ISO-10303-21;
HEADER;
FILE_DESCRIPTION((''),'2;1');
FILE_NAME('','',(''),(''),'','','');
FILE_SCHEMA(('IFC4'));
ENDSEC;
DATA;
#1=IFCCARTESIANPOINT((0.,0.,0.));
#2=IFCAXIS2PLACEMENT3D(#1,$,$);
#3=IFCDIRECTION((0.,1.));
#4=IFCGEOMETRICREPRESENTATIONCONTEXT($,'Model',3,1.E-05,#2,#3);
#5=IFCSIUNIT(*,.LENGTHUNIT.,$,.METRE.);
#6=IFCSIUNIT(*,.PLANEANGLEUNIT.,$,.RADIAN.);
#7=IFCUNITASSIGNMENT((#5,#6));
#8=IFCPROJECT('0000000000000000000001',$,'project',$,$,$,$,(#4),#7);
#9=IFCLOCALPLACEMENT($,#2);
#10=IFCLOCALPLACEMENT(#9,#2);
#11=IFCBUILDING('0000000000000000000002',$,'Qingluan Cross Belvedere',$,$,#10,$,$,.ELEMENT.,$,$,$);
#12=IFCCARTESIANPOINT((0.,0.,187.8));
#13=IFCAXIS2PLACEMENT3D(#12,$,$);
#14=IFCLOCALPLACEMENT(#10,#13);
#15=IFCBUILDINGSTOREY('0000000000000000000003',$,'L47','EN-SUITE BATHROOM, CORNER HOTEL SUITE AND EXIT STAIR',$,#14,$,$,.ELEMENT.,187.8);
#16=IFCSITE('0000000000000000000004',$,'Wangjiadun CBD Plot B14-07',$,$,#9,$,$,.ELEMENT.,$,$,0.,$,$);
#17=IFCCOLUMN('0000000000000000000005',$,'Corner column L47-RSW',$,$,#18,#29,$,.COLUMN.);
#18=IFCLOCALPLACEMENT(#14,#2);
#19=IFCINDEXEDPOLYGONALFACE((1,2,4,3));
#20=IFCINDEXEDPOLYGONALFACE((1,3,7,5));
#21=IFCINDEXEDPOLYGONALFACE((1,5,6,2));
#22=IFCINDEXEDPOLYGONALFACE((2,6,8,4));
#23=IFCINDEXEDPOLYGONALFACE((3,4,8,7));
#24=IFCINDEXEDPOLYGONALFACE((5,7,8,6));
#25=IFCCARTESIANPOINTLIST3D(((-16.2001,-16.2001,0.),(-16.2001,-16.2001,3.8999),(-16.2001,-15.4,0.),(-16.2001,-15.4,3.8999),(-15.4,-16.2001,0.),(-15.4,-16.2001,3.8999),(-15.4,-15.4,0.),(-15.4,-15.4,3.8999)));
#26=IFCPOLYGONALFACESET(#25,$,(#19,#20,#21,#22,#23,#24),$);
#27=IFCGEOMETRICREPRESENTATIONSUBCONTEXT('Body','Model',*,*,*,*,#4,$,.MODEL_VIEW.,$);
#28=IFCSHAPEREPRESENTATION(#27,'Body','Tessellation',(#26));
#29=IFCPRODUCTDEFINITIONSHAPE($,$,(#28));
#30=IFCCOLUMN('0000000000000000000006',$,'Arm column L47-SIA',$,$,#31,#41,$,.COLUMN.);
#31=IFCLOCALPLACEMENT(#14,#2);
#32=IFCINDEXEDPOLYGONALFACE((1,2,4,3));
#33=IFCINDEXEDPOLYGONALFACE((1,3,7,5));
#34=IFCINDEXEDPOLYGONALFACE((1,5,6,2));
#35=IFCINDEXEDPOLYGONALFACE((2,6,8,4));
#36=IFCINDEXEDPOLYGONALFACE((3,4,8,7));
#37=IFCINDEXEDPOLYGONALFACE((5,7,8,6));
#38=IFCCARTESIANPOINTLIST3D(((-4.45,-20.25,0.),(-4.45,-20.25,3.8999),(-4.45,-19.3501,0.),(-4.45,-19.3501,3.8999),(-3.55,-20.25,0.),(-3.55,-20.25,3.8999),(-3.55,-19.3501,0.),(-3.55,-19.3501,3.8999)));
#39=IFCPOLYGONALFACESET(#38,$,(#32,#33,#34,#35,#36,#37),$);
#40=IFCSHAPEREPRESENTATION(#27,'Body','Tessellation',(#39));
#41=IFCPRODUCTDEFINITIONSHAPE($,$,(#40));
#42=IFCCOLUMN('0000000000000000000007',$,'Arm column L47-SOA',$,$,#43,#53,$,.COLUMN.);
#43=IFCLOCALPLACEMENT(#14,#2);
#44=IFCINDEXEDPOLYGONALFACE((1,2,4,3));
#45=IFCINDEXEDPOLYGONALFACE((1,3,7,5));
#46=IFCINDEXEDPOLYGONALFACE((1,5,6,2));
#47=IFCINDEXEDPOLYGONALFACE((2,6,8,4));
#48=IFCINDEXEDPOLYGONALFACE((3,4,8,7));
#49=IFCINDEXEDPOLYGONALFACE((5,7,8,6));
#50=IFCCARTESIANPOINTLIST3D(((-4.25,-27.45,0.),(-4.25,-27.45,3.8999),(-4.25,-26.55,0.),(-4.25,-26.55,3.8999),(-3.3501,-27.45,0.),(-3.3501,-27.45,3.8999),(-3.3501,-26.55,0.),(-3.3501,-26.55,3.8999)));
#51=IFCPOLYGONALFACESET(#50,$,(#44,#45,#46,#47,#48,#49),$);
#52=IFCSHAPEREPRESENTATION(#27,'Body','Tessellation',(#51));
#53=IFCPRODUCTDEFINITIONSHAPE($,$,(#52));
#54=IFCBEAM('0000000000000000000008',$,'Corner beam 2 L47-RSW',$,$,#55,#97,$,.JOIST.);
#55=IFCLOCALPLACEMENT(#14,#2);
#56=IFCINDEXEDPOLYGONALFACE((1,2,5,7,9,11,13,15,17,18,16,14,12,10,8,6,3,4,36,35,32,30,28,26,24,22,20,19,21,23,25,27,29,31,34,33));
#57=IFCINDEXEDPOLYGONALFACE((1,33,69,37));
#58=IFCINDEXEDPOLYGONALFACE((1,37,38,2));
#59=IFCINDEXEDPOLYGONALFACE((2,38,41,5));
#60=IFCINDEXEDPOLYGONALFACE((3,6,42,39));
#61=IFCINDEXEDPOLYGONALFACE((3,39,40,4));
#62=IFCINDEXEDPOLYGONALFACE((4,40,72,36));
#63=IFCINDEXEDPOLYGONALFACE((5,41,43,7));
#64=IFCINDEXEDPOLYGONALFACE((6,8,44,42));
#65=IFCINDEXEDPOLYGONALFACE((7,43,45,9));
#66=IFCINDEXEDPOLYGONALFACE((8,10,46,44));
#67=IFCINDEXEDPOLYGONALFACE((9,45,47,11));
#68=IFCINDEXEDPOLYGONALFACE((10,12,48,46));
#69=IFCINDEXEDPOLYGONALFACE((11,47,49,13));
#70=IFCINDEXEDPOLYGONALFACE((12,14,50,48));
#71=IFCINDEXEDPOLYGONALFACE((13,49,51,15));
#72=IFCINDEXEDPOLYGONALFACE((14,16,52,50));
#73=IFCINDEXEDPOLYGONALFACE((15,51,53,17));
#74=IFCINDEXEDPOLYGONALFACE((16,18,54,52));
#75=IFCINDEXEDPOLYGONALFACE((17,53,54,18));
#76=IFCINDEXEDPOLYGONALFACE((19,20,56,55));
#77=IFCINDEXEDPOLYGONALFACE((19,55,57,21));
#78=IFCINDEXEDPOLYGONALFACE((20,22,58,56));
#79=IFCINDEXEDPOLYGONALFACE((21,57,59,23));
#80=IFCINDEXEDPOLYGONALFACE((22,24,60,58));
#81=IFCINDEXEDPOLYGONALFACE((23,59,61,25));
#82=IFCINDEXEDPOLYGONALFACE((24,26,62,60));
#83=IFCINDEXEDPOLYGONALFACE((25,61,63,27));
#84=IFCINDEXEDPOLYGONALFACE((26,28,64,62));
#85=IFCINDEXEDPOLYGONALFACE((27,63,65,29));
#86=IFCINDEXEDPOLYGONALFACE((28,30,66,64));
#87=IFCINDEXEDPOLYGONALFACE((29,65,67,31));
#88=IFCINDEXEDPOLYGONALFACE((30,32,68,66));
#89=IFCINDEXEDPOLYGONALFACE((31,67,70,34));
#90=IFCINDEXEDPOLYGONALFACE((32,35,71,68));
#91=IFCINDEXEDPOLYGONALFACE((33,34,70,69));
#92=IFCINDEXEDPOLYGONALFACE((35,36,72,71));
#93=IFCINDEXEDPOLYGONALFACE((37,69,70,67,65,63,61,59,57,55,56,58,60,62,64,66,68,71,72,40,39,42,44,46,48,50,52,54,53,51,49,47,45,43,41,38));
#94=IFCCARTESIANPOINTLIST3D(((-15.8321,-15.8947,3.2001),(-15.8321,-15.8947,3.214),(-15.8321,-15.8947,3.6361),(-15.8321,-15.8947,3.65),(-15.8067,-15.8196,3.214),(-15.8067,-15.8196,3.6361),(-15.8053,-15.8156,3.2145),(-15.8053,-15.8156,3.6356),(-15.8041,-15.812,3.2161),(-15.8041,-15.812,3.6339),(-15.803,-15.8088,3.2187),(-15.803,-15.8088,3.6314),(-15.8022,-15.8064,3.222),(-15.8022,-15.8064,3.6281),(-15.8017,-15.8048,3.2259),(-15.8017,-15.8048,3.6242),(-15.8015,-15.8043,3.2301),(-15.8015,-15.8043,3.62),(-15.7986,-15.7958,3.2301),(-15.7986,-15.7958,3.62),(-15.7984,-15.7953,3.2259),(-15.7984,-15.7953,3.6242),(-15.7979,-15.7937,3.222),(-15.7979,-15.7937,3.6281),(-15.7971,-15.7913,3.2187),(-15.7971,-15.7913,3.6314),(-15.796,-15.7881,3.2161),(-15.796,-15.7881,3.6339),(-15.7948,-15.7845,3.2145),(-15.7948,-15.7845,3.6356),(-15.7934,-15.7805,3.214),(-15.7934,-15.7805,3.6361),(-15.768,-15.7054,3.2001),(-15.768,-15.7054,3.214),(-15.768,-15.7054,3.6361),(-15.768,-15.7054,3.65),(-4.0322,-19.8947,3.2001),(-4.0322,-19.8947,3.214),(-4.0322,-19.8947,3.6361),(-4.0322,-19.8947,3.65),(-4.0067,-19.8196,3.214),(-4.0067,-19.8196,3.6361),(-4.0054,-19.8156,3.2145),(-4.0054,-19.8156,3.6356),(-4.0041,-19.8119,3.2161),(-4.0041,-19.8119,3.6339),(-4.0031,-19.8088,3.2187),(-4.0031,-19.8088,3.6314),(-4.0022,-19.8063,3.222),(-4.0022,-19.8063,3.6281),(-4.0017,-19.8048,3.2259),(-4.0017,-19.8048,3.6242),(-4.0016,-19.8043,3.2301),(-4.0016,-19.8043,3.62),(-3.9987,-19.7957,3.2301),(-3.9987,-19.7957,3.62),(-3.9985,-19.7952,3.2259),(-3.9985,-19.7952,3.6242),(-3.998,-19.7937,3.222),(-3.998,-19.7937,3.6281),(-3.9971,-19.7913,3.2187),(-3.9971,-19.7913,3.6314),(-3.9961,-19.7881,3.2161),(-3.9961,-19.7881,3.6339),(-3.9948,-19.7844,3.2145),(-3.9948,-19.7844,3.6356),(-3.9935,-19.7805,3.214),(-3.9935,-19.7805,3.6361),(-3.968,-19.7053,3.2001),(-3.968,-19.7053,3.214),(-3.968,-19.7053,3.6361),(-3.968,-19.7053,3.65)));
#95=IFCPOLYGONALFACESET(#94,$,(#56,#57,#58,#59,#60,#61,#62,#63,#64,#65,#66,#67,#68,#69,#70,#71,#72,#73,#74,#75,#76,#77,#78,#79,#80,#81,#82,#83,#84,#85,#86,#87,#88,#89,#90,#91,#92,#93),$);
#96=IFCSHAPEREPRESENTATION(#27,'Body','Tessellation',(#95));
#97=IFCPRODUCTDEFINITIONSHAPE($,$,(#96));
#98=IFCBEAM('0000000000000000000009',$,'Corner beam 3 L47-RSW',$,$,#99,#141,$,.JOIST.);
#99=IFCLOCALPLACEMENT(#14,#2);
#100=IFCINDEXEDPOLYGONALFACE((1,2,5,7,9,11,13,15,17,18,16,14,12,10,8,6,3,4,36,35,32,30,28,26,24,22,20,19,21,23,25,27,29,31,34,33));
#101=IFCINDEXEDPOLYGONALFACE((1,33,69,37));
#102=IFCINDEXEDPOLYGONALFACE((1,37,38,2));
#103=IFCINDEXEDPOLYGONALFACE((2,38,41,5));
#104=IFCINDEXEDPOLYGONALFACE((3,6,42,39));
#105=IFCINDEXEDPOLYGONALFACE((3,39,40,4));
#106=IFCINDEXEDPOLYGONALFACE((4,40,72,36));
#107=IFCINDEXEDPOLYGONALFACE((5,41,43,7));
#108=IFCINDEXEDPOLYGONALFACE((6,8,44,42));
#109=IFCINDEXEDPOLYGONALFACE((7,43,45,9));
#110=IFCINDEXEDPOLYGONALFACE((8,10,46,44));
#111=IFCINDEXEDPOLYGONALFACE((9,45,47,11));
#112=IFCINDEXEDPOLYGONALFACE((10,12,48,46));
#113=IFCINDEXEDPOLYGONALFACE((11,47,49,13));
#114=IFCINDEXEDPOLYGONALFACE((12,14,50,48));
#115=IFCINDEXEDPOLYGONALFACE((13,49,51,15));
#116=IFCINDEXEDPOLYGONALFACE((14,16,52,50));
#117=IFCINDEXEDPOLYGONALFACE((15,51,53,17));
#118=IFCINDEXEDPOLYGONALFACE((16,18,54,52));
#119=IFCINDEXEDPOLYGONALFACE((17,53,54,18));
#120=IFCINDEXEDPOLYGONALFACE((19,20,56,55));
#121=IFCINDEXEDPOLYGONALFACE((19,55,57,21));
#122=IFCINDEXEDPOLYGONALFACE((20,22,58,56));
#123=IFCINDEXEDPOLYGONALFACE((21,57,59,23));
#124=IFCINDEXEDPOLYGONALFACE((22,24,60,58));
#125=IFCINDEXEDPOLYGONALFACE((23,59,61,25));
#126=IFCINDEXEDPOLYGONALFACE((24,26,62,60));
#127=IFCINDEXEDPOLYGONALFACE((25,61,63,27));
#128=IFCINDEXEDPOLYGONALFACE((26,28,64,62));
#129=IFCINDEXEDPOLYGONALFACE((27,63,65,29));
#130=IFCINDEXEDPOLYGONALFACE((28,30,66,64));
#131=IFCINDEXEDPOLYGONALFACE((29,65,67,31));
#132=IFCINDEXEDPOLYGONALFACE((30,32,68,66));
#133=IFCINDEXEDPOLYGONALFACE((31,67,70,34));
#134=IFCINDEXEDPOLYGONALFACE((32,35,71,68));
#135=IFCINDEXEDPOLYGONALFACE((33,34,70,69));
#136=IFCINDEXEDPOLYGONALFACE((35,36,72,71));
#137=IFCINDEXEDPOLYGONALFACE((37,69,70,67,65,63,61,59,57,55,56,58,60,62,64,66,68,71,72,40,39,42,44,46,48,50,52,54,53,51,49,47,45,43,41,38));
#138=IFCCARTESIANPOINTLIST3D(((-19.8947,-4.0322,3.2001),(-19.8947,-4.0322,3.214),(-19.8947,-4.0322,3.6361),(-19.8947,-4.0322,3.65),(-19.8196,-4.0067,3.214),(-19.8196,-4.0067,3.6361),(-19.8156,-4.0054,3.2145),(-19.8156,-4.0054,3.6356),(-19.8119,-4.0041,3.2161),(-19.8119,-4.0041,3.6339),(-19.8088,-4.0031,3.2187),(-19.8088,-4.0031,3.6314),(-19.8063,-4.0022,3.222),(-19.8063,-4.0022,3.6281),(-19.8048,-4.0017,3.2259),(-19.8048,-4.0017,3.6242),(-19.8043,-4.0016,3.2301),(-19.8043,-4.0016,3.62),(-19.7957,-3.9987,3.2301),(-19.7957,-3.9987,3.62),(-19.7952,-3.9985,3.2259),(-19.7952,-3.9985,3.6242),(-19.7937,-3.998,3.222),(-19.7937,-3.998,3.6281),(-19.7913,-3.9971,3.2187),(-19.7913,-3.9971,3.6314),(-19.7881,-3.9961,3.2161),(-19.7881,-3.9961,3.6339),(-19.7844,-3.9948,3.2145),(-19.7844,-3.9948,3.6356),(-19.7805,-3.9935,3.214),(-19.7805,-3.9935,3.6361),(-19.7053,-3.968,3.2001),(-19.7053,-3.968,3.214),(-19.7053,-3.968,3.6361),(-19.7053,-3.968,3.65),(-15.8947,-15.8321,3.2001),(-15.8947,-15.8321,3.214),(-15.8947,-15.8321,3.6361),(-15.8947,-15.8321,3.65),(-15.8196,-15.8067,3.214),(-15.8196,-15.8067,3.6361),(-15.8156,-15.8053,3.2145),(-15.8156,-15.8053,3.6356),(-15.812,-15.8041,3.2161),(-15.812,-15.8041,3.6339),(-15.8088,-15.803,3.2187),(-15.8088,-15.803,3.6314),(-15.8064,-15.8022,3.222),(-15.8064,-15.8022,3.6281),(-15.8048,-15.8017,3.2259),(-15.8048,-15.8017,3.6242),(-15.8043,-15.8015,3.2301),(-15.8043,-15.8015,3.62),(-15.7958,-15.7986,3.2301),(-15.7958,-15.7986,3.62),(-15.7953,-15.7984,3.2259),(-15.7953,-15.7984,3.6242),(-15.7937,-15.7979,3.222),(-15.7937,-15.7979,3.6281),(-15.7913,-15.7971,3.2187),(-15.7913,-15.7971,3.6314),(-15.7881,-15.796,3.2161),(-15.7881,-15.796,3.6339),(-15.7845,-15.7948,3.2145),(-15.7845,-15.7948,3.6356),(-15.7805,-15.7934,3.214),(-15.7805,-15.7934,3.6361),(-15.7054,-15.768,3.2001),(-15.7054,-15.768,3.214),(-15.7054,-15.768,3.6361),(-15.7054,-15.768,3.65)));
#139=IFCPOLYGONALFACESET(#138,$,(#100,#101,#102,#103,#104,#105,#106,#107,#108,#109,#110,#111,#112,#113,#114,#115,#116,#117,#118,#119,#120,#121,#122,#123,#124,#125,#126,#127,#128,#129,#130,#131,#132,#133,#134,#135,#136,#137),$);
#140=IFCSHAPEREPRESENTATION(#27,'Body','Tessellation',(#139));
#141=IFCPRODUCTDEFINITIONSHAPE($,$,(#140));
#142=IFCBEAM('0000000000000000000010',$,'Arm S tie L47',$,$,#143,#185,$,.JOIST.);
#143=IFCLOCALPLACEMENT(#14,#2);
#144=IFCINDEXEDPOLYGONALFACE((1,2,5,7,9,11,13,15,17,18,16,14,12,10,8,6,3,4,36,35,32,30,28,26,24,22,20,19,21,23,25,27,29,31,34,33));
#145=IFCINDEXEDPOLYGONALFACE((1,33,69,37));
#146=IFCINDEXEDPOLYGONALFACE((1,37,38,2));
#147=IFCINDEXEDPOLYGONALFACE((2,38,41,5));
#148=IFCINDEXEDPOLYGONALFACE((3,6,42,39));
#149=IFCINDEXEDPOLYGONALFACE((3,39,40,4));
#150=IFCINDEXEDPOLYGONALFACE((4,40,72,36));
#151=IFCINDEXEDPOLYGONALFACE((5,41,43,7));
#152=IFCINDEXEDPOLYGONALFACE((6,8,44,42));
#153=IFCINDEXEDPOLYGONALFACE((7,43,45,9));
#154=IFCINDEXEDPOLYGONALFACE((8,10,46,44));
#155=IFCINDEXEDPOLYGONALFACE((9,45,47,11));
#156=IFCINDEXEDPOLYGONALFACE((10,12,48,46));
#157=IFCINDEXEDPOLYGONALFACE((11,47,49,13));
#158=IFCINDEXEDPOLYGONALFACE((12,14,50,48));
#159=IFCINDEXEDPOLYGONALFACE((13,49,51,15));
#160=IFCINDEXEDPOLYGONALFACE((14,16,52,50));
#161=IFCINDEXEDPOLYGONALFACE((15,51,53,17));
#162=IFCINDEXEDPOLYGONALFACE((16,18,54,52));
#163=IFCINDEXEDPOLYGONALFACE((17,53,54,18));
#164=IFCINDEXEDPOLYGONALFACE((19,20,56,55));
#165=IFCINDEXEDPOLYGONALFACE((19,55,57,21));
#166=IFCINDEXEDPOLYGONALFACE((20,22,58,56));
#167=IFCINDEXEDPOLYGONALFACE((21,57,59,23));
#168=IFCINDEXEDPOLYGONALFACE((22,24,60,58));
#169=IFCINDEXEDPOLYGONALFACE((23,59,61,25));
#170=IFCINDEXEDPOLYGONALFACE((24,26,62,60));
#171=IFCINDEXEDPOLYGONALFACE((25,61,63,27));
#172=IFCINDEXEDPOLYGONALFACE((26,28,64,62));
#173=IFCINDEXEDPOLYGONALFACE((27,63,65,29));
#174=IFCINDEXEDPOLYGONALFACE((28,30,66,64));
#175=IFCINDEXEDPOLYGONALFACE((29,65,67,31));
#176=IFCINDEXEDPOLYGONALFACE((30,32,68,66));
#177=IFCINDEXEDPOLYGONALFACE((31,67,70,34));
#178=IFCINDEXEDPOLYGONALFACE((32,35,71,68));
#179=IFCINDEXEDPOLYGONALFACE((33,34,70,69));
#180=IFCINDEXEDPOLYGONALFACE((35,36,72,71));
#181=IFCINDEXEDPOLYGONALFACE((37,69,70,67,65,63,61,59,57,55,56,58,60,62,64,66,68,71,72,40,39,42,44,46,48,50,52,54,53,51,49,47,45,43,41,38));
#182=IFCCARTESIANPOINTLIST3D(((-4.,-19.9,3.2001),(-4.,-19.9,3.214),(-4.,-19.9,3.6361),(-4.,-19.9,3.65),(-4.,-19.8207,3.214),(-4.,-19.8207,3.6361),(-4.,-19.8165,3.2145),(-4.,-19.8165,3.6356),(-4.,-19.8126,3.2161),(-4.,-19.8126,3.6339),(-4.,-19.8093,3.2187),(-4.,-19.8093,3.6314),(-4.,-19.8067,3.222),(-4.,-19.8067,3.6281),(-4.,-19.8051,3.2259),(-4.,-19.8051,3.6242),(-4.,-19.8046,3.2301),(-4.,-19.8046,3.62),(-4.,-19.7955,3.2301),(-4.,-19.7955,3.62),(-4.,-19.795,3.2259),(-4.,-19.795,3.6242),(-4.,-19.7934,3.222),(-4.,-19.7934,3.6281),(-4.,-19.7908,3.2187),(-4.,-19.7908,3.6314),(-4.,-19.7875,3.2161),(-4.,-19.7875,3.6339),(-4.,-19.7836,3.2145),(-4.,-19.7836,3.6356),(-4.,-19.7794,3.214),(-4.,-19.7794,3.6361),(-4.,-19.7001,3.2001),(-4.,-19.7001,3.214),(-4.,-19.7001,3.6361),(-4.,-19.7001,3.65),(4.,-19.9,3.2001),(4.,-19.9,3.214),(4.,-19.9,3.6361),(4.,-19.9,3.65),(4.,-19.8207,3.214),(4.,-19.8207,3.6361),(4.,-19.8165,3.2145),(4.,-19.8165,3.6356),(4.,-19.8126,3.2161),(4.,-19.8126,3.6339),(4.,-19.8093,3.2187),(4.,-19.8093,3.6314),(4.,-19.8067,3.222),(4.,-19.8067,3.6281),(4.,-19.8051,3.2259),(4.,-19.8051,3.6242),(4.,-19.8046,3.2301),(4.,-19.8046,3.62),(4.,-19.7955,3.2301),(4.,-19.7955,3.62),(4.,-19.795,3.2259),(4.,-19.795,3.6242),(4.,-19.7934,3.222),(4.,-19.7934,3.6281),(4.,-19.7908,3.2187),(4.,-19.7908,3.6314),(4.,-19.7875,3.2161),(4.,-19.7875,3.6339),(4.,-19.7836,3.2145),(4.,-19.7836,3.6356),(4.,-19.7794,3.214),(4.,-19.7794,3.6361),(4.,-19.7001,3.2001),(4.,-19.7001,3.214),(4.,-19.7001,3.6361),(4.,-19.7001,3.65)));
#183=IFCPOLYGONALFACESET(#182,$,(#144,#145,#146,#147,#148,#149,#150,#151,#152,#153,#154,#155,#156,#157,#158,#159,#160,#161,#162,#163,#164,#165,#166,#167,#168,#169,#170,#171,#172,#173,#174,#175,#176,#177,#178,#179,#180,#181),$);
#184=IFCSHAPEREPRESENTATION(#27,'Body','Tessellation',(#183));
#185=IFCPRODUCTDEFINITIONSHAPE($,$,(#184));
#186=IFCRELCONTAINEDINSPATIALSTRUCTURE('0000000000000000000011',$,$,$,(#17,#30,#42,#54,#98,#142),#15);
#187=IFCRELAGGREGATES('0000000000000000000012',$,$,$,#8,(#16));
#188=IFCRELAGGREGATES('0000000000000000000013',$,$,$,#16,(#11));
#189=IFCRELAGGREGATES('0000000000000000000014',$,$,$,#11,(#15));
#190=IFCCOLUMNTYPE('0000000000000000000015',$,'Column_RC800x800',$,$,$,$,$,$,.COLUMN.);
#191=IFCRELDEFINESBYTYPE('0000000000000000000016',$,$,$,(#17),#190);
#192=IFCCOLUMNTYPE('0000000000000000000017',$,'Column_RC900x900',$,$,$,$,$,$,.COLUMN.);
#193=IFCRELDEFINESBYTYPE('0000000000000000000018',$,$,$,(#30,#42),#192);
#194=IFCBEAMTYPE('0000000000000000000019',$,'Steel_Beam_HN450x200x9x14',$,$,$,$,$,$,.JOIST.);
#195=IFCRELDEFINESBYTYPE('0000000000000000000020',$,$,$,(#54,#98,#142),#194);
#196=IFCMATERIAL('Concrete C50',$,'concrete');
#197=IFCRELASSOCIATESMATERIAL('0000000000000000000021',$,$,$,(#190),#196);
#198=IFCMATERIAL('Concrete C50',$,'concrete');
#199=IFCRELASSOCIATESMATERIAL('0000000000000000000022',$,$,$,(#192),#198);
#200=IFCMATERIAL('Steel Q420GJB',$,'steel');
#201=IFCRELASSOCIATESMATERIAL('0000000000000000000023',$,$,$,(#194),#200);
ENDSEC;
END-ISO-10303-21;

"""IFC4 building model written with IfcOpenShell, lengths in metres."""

from ifc_helpers import new_model, si_unit, direction, frame, origin, origin_2d, place, context, subcontext, project, spatial, rectangle, i_section, extrude, material, material_profile, profile_set, type_object, element, save


model = new_model("IFC4")

# Units and contexts
model_context = context("Model", 3, precision=1e-05, world=origin(), true_north=direction((0.0, 1.0)))
body_context = subcontext(model_context, "Body", "Model", "MODEL_VIEW")
ifc_project = project(units=[si_unit("LENGTHUNIT", "METRE"), si_unit("PLANEANGLEUNIT", "RADIAN")], contexts=[model_context])

# Site, building, storey
site_placement = place(None, origin())
site = spatial("IfcSite", under=ifc_project, at=site_placement, Name="Wangjiadun CBD Plot B14-07", CompositionType="ELEMENT", RefElevation=0.0)
building_placement = place(site_placement, origin())
building = spatial("IfcBuilding", under=site, at=building_placement, Name="Qingluan Cross Belvedere", CompositionType="ELEMENT")
storey_placement = place(building_placement, frame((0.0, 0.0, 187.8)))
storey = spatial("IfcBuildingStorey", under=building, at=storey_placement, Name="L47", Description="EN-SUITE BATHROOM, CORNER HOTEL SUITE AND EXIT STAIR", CompositionType="ELEMENT", Elevation=187.8)

# Columns
ifc_material_1 = material(Name="Concrete C50", Category="concrete")
ifc_material_profile_1 = material_profile(ifc_material_1, rectangle(XDim=0.8, YDim=0.8, at=origin_2d()), Name="RC800x800")
ifc_profile_set_1 = profile_set([ifc_material_profile_1], Name="Concrete C50")
column_type_1 = type_object("IfcColumnType", Name="Column_RC800x800", PredefinedType="COLUMN", material=ifc_profile_set_1)
column_placement = place(storey_placement, frame((-15.8, -15.8, 0.0), z_axis=(0.0, 0.0, 1.0), x_axis=(1.0, 0.0, 0.0)))
element("IfcColumn", 1, at=column_placement, inside=storey, type_object=column_type_1, Name="Corner column L47-RSW", PredefinedType="COLUMN", context=body_context, shape_type="SweptSolid", body=[
    extrude(rectangle(XDim=0.8, YDim=0.8, at=origin_2d()), origin(), (0.0, 0.0, 1.0), 3.8999),
])
ifc_material_2 = material(Name="Concrete C50", Category="concrete")
ifc_material_profile_2 = material_profile(ifc_material_2, rectangle(XDim=0.8999, YDim=0.8999, at=origin_2d()), Name="RC900x900")
ifc_profile_set_2 = profile_set([ifc_material_profile_2], Name="Concrete C50")
column_type_2 = type_object("IfcColumnType", Name="Column_RC900x900", PredefinedType="COLUMN", material=ifc_profile_set_2)
for number, where, z_axis, x_axis, name in (
    (2, (-4.0, -19.8, 0.0), (0.0, 0.0, 1.0), (1.0, 0.0, 0.0), "Arm column L47-SIA"),
    (3, (-3.8, -27.0, 0.0), (0.0, 0.0, 1.0), (1.0, 0.0, 0.0), "Arm column L47-SOA"),
):
    element("IfcColumn", number, at=place(storey_placement, frame(where, z_axis=z_axis, x_axis=x_axis)), inside=storey, type_object=column_type_2, Name=name, PredefinedType="COLUMN", context=body_context, shape_type="SweptSolid", body=[
        extrude(rectangle(XDim=0.8999, YDim=0.8999, at=origin_2d()), origin(), (0.0, 0.0, 1.0), 3.8999),
    ])

# Beams
ifc_material_3 = material(Name="Steel Q420GJB", Category="steel")
ifc_material_profile_3 = material_profile(ifc_material_3, i_section(OverallWidth=0.2, OverallDepth=0.45, WebThickness=0.009, FlangeThickness=0.0139, FilletRadius=0.0161, at=origin_2d()), Name="HN450x200x9x14")
ifc_profile_set_3 = profile_set([ifc_material_profile_3], Name="Steel Q420GJB")
beam_type_1 = type_object("IfcBeamType", Name="Steel_Beam_HN450x200x9x14", PredefinedType="JOIST", material=ifc_profile_set_3)
for number, where, z_axis, x_axis, name in (
    (4, (-15.8, -15.8, 3.425), (0.947066, -0.321038, 0.0), (0.321038, 0.947066, 0.0), "Corner beam 2 L47-RSW"),
    (5, (-15.8, -15.8, 3.425), (-0.321038, 0.947066, 0.0), (-0.947066, -0.321038, 0.0), "Corner beam 3 L47-RSW"),
):
    element("IfcBeam", number, at=place(storey_placement, frame(where, z_axis=z_axis, x_axis=x_axis)), inside=storey, type_object=beam_type_1, Name=name, PredefinedType="JOIST", context=body_context, shape_type="SweptSolid", body=[
        extrude(i_section(OverallWidth=0.2, OverallDepth=0.45, WebThickness=0.009, FlangeThickness=0.0139, FilletRadius=0.0161, at=origin_2d()), origin(), (0.0, 0.0, 1.0), 12.4595),
    ])
for number, where, z_axis, x_axis, name in (
    (6, (-4.0, -19.8, 3.425), (1.0, 0.0, 0.0), (0.0, 1.0, 0.0), "Arm S tie L47"),
):
    element("IfcBeam", number, at=place(storey_placement, frame(where, z_axis=z_axis, x_axis=x_axis)), inside=storey, type_object=beam_type_1, Name=name, PredefinedType="JOIST", context=body_context, shape_type="SweptSolid", body=[
        extrude(i_section(OverallWidth=0.2, OverallDepth=0.45, WebThickness=0.009, FlangeThickness=0.0139, FilletRadius=0.0161, at=origin_2d()), origin(), (0.0, 0.0, 1.0), 8.0),
    ])

save(model, "model.ifc")
